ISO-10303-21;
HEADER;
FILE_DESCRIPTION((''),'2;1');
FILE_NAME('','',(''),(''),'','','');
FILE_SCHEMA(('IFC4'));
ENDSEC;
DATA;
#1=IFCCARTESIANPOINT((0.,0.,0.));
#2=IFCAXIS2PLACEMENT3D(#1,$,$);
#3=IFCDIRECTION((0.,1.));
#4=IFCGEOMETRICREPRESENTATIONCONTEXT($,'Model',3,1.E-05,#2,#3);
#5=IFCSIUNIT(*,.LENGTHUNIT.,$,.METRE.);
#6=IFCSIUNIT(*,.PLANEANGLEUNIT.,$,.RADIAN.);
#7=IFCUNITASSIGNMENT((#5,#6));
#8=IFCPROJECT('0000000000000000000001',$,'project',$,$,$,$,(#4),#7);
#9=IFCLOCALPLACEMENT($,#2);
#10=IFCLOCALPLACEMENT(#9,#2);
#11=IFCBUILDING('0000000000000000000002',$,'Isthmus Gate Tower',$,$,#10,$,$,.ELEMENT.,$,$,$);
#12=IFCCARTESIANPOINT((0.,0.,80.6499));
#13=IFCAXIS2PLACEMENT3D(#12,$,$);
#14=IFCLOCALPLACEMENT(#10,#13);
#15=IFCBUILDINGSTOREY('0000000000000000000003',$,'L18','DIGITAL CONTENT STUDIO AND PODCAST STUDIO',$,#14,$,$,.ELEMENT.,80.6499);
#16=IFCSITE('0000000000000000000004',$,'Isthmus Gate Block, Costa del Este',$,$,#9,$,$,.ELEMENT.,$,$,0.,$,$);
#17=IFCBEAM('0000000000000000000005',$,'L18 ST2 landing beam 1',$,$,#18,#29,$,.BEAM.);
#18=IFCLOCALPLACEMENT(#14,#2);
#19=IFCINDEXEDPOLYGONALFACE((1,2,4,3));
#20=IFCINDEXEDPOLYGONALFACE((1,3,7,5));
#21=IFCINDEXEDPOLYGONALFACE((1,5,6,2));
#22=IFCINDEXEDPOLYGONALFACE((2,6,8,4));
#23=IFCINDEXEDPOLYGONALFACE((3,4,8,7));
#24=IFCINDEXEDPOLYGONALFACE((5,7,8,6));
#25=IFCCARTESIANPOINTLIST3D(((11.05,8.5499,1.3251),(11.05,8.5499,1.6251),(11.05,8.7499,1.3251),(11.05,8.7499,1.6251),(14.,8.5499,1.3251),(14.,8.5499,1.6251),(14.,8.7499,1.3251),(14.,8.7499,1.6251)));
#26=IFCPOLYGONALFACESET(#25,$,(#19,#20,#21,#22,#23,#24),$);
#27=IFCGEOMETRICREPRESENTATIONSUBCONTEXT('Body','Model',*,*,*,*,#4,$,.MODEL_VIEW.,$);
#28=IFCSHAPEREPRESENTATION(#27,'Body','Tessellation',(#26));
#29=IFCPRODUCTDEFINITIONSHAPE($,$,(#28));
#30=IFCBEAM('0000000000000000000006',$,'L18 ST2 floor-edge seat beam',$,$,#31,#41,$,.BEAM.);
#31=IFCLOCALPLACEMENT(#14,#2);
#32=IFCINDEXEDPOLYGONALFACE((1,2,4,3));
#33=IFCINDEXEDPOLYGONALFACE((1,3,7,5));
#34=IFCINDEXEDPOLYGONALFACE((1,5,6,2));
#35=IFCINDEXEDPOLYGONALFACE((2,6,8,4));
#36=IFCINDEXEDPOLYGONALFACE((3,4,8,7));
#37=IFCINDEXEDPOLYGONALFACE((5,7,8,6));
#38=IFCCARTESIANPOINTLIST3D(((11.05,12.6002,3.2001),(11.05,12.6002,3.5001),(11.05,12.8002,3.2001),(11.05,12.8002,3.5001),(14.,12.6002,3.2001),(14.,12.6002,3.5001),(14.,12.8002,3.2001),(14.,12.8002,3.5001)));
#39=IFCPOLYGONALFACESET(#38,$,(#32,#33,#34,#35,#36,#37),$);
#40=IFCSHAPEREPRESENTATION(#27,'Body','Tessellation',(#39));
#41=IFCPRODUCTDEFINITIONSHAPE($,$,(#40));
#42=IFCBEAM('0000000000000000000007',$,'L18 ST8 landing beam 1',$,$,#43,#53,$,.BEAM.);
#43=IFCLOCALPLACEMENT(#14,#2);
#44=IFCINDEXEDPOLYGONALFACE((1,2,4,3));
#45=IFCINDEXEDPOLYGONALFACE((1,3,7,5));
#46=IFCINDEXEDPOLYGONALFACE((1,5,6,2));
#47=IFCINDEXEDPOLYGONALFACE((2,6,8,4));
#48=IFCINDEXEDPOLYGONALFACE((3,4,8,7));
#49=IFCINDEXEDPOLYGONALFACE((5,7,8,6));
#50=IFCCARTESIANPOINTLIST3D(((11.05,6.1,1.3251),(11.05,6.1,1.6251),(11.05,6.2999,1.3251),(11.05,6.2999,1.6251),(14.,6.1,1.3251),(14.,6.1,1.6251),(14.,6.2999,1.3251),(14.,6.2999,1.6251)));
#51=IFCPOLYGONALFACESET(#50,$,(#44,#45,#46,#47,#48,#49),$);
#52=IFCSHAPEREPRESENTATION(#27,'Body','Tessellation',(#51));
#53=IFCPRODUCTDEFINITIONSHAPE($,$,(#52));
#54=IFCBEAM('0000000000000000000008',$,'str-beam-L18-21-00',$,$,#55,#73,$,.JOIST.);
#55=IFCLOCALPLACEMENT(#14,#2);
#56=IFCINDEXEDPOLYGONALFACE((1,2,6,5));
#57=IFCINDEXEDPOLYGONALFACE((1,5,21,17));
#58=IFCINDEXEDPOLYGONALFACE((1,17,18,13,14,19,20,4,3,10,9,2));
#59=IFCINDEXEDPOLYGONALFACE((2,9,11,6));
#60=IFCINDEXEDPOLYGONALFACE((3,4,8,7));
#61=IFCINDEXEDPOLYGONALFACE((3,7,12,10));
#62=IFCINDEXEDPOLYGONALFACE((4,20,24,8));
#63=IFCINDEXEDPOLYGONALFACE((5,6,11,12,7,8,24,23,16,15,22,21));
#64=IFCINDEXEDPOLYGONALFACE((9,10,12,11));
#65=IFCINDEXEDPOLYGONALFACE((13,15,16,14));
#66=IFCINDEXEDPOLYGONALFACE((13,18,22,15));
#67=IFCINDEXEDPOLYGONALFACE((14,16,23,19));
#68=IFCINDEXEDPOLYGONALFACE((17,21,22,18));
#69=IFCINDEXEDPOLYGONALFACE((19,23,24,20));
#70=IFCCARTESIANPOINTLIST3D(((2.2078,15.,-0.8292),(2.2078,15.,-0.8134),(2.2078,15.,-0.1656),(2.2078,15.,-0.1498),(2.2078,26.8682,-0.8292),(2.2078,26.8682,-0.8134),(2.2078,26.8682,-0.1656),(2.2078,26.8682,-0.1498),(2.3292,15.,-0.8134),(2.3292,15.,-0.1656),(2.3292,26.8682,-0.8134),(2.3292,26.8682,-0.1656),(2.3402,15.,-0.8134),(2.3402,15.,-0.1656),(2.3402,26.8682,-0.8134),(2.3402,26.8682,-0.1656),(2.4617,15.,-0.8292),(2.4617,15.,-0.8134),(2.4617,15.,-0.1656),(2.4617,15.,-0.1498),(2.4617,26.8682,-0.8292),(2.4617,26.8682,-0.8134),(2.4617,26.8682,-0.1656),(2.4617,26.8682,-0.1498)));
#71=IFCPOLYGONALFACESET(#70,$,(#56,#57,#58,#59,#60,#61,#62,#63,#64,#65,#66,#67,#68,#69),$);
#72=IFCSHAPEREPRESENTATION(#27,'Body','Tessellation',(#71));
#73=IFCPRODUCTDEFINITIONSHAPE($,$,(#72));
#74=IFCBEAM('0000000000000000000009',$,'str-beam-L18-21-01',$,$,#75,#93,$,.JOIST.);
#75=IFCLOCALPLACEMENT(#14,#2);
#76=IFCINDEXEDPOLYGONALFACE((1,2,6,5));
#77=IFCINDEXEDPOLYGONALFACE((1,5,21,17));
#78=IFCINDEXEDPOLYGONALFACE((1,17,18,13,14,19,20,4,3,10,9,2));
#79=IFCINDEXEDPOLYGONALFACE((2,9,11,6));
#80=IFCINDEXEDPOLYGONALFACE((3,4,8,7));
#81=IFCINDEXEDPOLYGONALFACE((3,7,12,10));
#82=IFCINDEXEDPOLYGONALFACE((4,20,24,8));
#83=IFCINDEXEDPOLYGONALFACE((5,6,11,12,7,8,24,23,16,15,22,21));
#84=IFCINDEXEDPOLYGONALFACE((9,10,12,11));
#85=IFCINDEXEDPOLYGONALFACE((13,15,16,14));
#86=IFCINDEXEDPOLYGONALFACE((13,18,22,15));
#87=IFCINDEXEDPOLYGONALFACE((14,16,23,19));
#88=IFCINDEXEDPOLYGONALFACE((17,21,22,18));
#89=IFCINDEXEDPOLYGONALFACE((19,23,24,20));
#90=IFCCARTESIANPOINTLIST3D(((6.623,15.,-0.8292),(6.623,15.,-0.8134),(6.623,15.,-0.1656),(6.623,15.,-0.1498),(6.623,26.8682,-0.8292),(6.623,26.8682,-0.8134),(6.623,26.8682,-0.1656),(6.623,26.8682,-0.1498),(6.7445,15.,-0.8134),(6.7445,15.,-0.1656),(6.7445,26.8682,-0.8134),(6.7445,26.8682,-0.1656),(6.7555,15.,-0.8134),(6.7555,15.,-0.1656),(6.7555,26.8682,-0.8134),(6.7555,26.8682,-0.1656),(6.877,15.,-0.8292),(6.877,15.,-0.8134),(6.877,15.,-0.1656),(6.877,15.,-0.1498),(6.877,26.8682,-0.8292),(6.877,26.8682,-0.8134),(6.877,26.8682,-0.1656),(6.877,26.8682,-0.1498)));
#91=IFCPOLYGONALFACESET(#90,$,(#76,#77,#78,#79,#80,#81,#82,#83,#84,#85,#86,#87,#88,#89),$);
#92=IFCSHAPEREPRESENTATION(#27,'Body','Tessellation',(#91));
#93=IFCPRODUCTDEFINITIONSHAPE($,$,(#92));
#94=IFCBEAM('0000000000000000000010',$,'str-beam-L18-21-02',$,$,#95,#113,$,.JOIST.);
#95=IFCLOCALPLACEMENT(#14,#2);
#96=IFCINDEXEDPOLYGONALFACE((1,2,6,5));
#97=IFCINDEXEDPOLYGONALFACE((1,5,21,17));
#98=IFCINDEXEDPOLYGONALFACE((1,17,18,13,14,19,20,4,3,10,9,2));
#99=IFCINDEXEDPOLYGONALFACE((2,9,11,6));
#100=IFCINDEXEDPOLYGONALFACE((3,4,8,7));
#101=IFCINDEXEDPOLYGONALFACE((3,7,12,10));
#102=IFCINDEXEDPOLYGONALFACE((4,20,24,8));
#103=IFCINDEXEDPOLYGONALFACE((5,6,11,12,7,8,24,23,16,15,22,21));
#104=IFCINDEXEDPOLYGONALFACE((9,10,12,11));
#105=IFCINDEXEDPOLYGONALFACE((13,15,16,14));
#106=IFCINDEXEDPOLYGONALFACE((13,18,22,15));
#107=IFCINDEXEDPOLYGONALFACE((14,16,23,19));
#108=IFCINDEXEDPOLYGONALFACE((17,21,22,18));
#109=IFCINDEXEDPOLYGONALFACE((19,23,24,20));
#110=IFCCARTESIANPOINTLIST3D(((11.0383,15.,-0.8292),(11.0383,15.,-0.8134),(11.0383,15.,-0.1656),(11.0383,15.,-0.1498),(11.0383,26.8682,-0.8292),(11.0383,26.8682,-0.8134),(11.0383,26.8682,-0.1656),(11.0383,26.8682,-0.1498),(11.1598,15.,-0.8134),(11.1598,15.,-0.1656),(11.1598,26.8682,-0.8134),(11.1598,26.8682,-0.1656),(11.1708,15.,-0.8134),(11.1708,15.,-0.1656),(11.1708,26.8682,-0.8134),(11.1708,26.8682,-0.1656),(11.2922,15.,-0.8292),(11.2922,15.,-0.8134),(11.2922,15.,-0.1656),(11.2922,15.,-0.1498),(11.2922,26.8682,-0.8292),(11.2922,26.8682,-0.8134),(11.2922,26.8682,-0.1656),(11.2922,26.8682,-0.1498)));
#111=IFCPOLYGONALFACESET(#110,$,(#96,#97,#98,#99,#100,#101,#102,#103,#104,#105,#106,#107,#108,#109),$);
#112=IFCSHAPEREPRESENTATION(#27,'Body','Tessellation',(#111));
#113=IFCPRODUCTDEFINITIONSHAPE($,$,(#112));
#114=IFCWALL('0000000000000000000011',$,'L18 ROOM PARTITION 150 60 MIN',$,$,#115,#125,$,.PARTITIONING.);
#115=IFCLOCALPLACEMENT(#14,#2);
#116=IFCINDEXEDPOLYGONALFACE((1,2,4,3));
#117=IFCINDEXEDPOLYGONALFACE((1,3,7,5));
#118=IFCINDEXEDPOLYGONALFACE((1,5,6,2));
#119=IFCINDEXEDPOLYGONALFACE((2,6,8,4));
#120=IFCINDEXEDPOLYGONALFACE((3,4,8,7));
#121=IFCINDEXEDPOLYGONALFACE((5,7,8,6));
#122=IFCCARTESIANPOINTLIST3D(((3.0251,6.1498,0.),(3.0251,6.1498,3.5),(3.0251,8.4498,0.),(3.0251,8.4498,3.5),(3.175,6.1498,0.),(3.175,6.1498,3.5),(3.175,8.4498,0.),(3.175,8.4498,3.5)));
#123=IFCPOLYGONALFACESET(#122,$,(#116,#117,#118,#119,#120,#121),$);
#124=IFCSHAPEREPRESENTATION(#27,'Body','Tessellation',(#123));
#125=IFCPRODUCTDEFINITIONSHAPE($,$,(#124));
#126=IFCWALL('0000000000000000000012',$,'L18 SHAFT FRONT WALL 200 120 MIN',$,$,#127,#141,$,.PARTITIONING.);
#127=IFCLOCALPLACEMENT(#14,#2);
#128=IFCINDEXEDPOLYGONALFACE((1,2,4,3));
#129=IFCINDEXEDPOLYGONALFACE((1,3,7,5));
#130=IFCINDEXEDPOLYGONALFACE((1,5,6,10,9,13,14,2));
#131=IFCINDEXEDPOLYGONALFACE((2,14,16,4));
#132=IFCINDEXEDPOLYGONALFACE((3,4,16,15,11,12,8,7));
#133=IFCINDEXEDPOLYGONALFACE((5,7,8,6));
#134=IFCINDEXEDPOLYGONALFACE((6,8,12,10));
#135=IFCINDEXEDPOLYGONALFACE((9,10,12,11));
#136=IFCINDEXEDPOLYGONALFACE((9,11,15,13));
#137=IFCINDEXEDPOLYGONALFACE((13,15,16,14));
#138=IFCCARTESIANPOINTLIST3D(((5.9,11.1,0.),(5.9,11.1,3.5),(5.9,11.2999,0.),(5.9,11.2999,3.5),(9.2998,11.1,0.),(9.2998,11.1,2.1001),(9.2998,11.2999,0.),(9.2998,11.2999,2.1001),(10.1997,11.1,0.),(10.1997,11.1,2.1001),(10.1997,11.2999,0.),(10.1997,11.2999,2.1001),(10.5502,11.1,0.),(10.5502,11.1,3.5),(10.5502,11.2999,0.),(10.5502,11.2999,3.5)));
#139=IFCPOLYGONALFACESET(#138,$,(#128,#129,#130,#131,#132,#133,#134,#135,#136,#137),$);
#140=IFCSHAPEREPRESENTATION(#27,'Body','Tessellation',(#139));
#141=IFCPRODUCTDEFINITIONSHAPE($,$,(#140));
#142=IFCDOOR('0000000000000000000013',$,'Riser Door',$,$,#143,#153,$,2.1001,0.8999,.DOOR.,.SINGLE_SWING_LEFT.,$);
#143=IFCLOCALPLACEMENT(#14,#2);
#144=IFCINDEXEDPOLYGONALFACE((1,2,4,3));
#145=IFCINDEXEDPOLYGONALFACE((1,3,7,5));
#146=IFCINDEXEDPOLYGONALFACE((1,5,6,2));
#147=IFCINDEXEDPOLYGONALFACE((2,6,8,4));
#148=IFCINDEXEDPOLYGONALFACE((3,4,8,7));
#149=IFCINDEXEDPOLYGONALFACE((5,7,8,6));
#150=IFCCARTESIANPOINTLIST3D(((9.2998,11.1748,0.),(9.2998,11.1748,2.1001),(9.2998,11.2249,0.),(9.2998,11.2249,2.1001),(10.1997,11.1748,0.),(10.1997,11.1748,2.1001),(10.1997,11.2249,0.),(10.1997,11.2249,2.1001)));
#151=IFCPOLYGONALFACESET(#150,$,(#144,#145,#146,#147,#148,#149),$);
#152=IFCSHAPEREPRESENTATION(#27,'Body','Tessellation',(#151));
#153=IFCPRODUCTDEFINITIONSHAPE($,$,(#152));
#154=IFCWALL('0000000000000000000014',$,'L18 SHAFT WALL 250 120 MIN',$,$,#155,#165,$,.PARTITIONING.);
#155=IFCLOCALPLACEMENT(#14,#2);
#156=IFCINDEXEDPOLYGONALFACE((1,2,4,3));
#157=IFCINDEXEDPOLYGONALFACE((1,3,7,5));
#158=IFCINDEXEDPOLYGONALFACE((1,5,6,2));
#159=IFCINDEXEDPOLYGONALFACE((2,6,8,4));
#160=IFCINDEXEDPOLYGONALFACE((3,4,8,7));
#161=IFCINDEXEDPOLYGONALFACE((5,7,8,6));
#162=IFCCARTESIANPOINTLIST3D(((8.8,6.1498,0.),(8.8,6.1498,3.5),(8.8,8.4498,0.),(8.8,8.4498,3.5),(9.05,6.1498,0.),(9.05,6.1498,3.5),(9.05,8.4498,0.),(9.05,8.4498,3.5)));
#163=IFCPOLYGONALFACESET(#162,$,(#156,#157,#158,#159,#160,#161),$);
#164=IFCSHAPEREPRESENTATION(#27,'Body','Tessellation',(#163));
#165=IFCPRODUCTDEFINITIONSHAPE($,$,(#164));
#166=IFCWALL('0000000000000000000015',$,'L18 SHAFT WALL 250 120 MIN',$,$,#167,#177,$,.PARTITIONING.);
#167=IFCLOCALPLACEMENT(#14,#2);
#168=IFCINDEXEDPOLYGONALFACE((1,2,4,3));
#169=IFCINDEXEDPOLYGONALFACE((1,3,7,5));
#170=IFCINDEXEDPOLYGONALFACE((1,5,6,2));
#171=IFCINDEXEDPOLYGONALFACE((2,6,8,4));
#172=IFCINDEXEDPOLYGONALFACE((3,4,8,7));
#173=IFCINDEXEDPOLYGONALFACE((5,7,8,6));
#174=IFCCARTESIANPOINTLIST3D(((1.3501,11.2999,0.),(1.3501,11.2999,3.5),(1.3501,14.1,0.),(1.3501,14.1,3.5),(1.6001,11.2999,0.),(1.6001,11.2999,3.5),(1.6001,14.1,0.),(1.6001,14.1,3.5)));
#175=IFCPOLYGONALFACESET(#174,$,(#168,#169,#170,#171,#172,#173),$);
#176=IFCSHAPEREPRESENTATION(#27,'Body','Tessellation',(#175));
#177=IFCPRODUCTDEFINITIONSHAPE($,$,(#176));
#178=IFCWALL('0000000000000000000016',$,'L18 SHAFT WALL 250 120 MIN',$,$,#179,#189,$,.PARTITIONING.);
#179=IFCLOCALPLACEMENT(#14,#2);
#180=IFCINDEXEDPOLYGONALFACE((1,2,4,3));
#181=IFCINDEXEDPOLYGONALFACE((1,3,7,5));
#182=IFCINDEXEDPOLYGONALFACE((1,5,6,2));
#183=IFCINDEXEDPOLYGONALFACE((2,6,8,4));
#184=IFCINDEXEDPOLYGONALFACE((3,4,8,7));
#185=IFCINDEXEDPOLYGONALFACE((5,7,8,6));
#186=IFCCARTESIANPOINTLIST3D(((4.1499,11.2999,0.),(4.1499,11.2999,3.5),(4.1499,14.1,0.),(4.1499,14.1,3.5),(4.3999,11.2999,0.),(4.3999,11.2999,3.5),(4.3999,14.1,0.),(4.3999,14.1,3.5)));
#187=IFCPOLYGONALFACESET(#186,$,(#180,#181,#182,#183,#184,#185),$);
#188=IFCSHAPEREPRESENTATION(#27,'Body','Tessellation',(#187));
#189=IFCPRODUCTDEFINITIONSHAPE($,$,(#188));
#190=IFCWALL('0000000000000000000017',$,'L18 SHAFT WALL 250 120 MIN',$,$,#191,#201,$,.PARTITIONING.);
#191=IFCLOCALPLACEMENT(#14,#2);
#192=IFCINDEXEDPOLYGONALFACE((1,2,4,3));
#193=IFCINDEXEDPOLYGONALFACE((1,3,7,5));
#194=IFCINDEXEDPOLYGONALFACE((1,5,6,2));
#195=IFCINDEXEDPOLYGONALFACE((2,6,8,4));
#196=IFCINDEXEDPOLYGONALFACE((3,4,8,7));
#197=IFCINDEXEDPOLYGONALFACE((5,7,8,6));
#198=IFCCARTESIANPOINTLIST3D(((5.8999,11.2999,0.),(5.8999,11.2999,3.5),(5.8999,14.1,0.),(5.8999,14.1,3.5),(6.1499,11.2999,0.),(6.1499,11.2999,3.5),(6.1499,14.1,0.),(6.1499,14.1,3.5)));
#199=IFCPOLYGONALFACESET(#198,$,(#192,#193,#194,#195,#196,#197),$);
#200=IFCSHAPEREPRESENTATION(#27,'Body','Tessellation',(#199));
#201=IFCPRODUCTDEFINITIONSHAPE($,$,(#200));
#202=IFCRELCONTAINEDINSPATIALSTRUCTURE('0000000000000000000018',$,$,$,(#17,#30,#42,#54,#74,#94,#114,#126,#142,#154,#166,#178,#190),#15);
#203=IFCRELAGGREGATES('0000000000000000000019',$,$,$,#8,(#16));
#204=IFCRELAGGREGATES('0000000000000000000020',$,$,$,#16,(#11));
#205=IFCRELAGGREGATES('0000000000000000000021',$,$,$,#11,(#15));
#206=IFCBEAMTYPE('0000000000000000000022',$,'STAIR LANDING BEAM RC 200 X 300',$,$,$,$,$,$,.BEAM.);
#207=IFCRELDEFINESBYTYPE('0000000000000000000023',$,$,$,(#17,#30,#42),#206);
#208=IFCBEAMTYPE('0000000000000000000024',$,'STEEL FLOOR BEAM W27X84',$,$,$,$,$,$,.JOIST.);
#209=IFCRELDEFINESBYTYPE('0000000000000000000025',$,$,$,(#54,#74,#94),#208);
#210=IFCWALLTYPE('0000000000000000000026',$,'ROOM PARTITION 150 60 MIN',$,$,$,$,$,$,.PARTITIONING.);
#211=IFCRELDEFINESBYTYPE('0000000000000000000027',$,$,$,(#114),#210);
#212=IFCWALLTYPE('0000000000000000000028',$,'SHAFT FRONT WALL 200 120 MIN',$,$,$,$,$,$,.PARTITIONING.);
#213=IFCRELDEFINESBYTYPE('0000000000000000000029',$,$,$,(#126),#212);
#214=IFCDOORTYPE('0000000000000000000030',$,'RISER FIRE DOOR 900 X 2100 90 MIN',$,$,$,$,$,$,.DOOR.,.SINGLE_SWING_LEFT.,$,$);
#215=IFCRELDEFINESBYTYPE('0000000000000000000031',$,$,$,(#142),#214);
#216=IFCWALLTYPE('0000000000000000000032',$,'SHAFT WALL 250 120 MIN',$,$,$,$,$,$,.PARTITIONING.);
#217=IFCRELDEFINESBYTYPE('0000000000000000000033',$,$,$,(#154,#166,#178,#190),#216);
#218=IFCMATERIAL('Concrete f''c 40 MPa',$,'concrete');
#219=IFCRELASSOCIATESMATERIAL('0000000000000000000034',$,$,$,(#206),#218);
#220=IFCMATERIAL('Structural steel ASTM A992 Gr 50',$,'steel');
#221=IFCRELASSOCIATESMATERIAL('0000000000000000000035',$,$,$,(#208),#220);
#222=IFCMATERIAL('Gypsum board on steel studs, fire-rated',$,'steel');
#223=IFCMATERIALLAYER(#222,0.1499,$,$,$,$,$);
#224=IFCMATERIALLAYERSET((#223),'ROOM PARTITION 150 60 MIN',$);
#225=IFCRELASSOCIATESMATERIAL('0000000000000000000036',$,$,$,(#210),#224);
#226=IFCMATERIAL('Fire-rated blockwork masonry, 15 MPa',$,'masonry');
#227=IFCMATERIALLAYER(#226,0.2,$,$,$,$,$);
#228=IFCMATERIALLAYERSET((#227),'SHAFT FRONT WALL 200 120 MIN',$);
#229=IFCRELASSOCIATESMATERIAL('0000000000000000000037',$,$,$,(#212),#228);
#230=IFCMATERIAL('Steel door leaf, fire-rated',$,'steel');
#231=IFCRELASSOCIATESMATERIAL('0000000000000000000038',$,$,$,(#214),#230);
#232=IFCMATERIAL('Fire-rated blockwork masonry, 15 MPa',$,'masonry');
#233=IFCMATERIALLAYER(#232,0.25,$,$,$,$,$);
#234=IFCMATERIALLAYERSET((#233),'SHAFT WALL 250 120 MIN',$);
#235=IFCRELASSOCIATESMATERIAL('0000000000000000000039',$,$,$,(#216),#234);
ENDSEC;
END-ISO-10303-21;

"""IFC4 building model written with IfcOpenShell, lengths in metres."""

from ifc_helpers import new_model, si_unit, direction, frame, frame_2d, origin, origin_2d, place, context, subcontext, project, spatial, rectangle, i_section, extrude, material, layer, layer_set, material_profile, profile_set, type_object, element, fill, save


model = new_model("IFC4")

# Units and contexts
model_context = context("Model", 3, precision=1e-05, world=origin(), true_north=direction((0.0, 1.0)))
body_context = subcontext(model_context, "Body", "Model", "MODEL_VIEW")
ifc_project = project(units=[si_unit("LENGTHUNIT", "METRE"), si_unit("PLANEANGLEUNIT", "RADIAN")], contexts=[model_context])

# Site, building, storey
site_placement = place(None, origin())
site = spatial("IfcSite", under=ifc_project, at=site_placement, Name="Isthmus Gate Block, Costa del Este", CompositionType="ELEMENT", RefElevation=0.0)
building_placement = place(site_placement, origin())
building = spatial("IfcBuilding", under=site, at=building_placement, Name="Isthmus Gate Tower", CompositionType="ELEMENT")
storey_placement = place(building_placement, frame((0.0, 0.0, 80.6499)))
storey = spatial("IfcBuildingStorey", under=building, at=storey_placement, Name="L18", Description="DIGITAL CONTENT STUDIO AND PODCAST STUDIO", CompositionType="ELEMENT", Elevation=80.6499)

# Beams
ifc_material_1 = material(Name="Concrete f'c 40 MPa", Category="concrete")
ifc_material_profile_1 = material_profile(ifc_material_1, rectangle(XDim=0.2, YDim=0.3, at=origin_2d()), Name="STAIR LANDING BEAM RC 200 X 300")
ifc_profile_set_1 = profile_set([ifc_material_profile_1], Name="Concrete f'c 40 MPa")
beam_type_1 = type_object("IfcBeamType", Name="STAIR LANDING BEAM RC 200 X 300", PredefinedType="BEAM", material=ifc_profile_set_1)
for number, where, z_axis, x_axis, name in (
    (1, (11.05, 8.6499, 1.4751), (1.0, 0.0, 0.0), (0.0, 1.0, 0.0), "L18 ST2 landing beam 1"),
    (2, (11.05, 12.7002, 3.3501), (1.0, 0.0, 0.0), (0.0, 1.0, 0.0), "L18 ST2 floor-edge seat beam"),
    (3, (11.05, 6.2, 1.4751), (1.0, 0.0, 0.0), (0.0, 1.0, 0.0), "L18 ST8 landing beam 1"),
):
    element("IfcBeam", number, at=place(storey_placement, frame(where, z_axis=z_axis, x_axis=x_axis)), inside=storey, type_object=beam_type_1, Name=name, PredefinedType="BEAM", context=body_context, shape_type="SweptSolid", body=[
        extrude(rectangle(XDim=0.2, YDim=0.3, at=origin_2d()), origin(), (0.0, 0.0, 1.0), 2.95),
    ])
ifc_material_2 = material(Name="Structural steel ASTM A992 Gr 50", Category="steel")
ifc_material_profile_2 = material_profile(ifc_material_2, i_section(OverallWidth=0.2539, OverallDepth=0.6794, WebThickness=0.011, FlangeThickness=0.0159, at=origin_2d()), Name="W27X84")
ifc_profile_set_2 = profile_set([ifc_material_profile_2], Name="Structural steel ASTM A992 Gr 50")
beam_type_2 = type_object("IfcBeamType", Name="STEEL FLOOR BEAM W27X84", PredefinedType="JOIST", material=ifc_profile_set_2)
for number, where, z_axis, x_axis, name in (
    (4, (2.3347, 15.0, -0.4895), (0.0, 1.0, 0.0), (-1.0, 0.0, 0.0), "str-beam-L18-21-00"),
    (5, (6.75, 15.0, -0.4895), (0.0, 1.0, 0.0), (-1.0, 0.0, 0.0), "str-beam-L18-21-01"),
    (6, (11.1653, 15.0, -0.4895), (0.0, 1.0, 0.0), (-1.0, 0.0, 0.0), "str-beam-L18-21-02"),
):
    element("IfcBeam", number, at=place(storey_placement, frame(where, z_axis=z_axis, x_axis=x_axis)), inside=storey, type_object=beam_type_2, Name=name, PredefinedType="JOIST", context=body_context, shape_type="SweptSolid", body=[
        extrude(i_section(OverallWidth=0.2539, OverallDepth=0.6794, WebThickness=0.011, FlangeThickness=0.0159, at=origin_2d()), origin(), (0.0, 0.0, 1.0), 11.8682),
    ])

# Wall
ifc_material_3 = material(Name="Gypsum board on steel studs, fire-rated", Category="steel")
ifc_layer_1 = layer(ifc_material_3, 0.1499)
ifc_layer_set_1 = layer_set([ifc_layer_1], Name="ROOM PARTITION 150 60 MIN")
wall_type_1 = type_object("IfcWallType", Name="ROOM PARTITION 150 60 MIN", PredefinedType="PARTITIONING", material=ifc_layer_set_1)
wall_1_placement = place(storey_placement, frame((3.1001, 6.1499, 0.0), z_axis=(0.0, 0.0, 1.0), x_axis=(0.0, 1.0, 0.0)))
element("IfcWall", 7, at=wall_1_placement, inside=storey, type_object=wall_type_1, Name="L18 ROOM PARTITION 150 60 MIN", PredefinedType="PARTITIONING", context=body_context, shape_type="SweptSolid", body=[
    extrude(rectangle(XDim=2.3, YDim=0.1499, at=frame_2d((1.1499, 0.0))), origin(), (0.0, 0.0, 1.0), 3.5),
])

# Wall, opening, door
ifc_material_4 = material(Name="Fire-rated blockwork masonry, 15 MPa", Category="masonry")
ifc_layer_2 = layer(ifc_material_4, 0.2)
ifc_layer_set_2 = layer_set([ifc_layer_2], Name="SHAFT FRONT WALL 200 120 MIN")
wall_type_2 = type_object("IfcWallType", Name="SHAFT FRONT WALL 200 120 MIN", PredefinedType="PARTITIONING", material=ifc_layer_set_2)
wall_2_placement = place(storey_placement, frame((5.8999, 11.2, 0.0), z_axis=(0.0, 0.0, 1.0), x_axis=(1.0, 0.0, 0.0)))
wall_2 = element("IfcWall", 8, at=wall_2_placement, inside=storey, type_object=wall_type_2, Name="L18 SHAFT FRONT WALL 200 120 MIN", PredefinedType="PARTITIONING", context=body_context, shape_type="SweptSolid", body=[
    extrude(rectangle(XDim=4.6501, YDim=0.2, at=frame_2d((2.3252, 0.0))), origin(), (0.0, 0.0, 1.0), 3.5),
])
opening_placement = place(wall_2_placement, frame((3.3999, 0.0, 0.0)))
opening = element("IfcOpeningElement", 9, at=opening_placement, cuts=wall_2, PredefinedType="OPENING", context=body_context, shape_type="SweptSolid", body=[
    extrude(rectangle(XDim=0.8999, YDim=2.1001, at=frame_2d((0.45, 1.05))), frame((0.0, 0.1099, 0.0), z_axis=(0.0, -1.0, 0.0), x_axis=(1.0, 0.0, 0.0)), (0.0, 0.0, 1.0), 0.22),
])
ifc_material_5 = material(Name="Steel door leaf, fire-rated", Category="steel")
door_type = type_object("IfcDoorType", Name="RISER FIRE DOOR 900 X 2100 90 MIN", OperationType="SINGLE_SWING_LEFT", PredefinedType="DOOR", material=ifc_material_5)
door_placement = place(opening_placement, origin())
door = element("IfcDoor", 10, at=door_placement, inside=storey, type_object=door_type, Name="Riser Door", OperationType="SINGLE_SWING_LEFT", OverallHeight=2.1001, OverallWidth=0.8999, PredefinedType="DOOR", context=body_context, shape_type="SweptSolid", body=[
    extrude(rectangle(XDim=0.8999, YDim=2.1001, at=frame_2d((0.45, 1.05))), frame((0.0, 0.0249, 0.0), z_axis=(0.0, -1.0, 0.0), x_axis=(1.0, 0.0, 0.0)), (0.0, 0.0, 1.0), 0.05),
])
fill(opening, door)

# Walls
ifc_material_6 = material(Name="Fire-rated blockwork masonry, 15 MPa", Category="masonry")
ifc_layer_3 = layer(ifc_material_6, 0.25)
ifc_layer_set_3 = layer_set([ifc_layer_3], Name="SHAFT WALL 250 120 MIN")
wall_type_3 = type_object("IfcWallType", Name="SHAFT WALL 250 120 MIN", PredefinedType="PARTITIONING", material=ifc_layer_set_3)
wall_3_placement = place(storey_placement, frame((8.925, 6.1499, 0.0), z_axis=(0.0, 0.0, 1.0), x_axis=(0.0, 1.0, 0.0)))
element("IfcWall", 11, at=wall_3_placement, inside=storey, type_object=wall_type_3, Name="L18 SHAFT WALL 250 120 MIN", PredefinedType="PARTITIONING", context=body_context, shape_type="SweptSolid", body=[
    extrude(rectangle(XDim=2.3, YDim=0.25, at=frame_2d((1.1499, 0.0))), origin(), (0.0, 0.0, 1.0), 3.5),
])
for number, where, z_axis, x_axis, name in (
    (12, (1.4751, 11.3, 0.0), (0.0, 0.0, 1.0), (0.0, 1.0, 0.0), "L18 SHAFT WALL 250 120 MIN"),
    (13, (4.2749, 11.3, 0.0), (0.0, 0.0, 1.0), (0.0, 1.0, 0.0), "L18 SHAFT WALL 250 120 MIN"),
    (14, (6.0249, 11.3, 0.0), (0.0, 0.0, 1.0), (0.0, 1.0, 0.0), "L18 SHAFT WALL 250 120 MIN"),
):
    element("IfcWall", number, at=place(storey_placement, frame(where, z_axis=z_axis, x_axis=x_axis)), inside=storey, type_object=wall_type_3, Name=name, PredefinedType="PARTITIONING", context=body_context, shape_type="SweptSolid", body=[
        extrude(rectangle(XDim=2.8, YDim=0.25, at=frame_2d((1.3999, 0.0))), origin(), (0.0, 0.0, 1.0), 3.5),
    ])

save(model, "model.ifc")
